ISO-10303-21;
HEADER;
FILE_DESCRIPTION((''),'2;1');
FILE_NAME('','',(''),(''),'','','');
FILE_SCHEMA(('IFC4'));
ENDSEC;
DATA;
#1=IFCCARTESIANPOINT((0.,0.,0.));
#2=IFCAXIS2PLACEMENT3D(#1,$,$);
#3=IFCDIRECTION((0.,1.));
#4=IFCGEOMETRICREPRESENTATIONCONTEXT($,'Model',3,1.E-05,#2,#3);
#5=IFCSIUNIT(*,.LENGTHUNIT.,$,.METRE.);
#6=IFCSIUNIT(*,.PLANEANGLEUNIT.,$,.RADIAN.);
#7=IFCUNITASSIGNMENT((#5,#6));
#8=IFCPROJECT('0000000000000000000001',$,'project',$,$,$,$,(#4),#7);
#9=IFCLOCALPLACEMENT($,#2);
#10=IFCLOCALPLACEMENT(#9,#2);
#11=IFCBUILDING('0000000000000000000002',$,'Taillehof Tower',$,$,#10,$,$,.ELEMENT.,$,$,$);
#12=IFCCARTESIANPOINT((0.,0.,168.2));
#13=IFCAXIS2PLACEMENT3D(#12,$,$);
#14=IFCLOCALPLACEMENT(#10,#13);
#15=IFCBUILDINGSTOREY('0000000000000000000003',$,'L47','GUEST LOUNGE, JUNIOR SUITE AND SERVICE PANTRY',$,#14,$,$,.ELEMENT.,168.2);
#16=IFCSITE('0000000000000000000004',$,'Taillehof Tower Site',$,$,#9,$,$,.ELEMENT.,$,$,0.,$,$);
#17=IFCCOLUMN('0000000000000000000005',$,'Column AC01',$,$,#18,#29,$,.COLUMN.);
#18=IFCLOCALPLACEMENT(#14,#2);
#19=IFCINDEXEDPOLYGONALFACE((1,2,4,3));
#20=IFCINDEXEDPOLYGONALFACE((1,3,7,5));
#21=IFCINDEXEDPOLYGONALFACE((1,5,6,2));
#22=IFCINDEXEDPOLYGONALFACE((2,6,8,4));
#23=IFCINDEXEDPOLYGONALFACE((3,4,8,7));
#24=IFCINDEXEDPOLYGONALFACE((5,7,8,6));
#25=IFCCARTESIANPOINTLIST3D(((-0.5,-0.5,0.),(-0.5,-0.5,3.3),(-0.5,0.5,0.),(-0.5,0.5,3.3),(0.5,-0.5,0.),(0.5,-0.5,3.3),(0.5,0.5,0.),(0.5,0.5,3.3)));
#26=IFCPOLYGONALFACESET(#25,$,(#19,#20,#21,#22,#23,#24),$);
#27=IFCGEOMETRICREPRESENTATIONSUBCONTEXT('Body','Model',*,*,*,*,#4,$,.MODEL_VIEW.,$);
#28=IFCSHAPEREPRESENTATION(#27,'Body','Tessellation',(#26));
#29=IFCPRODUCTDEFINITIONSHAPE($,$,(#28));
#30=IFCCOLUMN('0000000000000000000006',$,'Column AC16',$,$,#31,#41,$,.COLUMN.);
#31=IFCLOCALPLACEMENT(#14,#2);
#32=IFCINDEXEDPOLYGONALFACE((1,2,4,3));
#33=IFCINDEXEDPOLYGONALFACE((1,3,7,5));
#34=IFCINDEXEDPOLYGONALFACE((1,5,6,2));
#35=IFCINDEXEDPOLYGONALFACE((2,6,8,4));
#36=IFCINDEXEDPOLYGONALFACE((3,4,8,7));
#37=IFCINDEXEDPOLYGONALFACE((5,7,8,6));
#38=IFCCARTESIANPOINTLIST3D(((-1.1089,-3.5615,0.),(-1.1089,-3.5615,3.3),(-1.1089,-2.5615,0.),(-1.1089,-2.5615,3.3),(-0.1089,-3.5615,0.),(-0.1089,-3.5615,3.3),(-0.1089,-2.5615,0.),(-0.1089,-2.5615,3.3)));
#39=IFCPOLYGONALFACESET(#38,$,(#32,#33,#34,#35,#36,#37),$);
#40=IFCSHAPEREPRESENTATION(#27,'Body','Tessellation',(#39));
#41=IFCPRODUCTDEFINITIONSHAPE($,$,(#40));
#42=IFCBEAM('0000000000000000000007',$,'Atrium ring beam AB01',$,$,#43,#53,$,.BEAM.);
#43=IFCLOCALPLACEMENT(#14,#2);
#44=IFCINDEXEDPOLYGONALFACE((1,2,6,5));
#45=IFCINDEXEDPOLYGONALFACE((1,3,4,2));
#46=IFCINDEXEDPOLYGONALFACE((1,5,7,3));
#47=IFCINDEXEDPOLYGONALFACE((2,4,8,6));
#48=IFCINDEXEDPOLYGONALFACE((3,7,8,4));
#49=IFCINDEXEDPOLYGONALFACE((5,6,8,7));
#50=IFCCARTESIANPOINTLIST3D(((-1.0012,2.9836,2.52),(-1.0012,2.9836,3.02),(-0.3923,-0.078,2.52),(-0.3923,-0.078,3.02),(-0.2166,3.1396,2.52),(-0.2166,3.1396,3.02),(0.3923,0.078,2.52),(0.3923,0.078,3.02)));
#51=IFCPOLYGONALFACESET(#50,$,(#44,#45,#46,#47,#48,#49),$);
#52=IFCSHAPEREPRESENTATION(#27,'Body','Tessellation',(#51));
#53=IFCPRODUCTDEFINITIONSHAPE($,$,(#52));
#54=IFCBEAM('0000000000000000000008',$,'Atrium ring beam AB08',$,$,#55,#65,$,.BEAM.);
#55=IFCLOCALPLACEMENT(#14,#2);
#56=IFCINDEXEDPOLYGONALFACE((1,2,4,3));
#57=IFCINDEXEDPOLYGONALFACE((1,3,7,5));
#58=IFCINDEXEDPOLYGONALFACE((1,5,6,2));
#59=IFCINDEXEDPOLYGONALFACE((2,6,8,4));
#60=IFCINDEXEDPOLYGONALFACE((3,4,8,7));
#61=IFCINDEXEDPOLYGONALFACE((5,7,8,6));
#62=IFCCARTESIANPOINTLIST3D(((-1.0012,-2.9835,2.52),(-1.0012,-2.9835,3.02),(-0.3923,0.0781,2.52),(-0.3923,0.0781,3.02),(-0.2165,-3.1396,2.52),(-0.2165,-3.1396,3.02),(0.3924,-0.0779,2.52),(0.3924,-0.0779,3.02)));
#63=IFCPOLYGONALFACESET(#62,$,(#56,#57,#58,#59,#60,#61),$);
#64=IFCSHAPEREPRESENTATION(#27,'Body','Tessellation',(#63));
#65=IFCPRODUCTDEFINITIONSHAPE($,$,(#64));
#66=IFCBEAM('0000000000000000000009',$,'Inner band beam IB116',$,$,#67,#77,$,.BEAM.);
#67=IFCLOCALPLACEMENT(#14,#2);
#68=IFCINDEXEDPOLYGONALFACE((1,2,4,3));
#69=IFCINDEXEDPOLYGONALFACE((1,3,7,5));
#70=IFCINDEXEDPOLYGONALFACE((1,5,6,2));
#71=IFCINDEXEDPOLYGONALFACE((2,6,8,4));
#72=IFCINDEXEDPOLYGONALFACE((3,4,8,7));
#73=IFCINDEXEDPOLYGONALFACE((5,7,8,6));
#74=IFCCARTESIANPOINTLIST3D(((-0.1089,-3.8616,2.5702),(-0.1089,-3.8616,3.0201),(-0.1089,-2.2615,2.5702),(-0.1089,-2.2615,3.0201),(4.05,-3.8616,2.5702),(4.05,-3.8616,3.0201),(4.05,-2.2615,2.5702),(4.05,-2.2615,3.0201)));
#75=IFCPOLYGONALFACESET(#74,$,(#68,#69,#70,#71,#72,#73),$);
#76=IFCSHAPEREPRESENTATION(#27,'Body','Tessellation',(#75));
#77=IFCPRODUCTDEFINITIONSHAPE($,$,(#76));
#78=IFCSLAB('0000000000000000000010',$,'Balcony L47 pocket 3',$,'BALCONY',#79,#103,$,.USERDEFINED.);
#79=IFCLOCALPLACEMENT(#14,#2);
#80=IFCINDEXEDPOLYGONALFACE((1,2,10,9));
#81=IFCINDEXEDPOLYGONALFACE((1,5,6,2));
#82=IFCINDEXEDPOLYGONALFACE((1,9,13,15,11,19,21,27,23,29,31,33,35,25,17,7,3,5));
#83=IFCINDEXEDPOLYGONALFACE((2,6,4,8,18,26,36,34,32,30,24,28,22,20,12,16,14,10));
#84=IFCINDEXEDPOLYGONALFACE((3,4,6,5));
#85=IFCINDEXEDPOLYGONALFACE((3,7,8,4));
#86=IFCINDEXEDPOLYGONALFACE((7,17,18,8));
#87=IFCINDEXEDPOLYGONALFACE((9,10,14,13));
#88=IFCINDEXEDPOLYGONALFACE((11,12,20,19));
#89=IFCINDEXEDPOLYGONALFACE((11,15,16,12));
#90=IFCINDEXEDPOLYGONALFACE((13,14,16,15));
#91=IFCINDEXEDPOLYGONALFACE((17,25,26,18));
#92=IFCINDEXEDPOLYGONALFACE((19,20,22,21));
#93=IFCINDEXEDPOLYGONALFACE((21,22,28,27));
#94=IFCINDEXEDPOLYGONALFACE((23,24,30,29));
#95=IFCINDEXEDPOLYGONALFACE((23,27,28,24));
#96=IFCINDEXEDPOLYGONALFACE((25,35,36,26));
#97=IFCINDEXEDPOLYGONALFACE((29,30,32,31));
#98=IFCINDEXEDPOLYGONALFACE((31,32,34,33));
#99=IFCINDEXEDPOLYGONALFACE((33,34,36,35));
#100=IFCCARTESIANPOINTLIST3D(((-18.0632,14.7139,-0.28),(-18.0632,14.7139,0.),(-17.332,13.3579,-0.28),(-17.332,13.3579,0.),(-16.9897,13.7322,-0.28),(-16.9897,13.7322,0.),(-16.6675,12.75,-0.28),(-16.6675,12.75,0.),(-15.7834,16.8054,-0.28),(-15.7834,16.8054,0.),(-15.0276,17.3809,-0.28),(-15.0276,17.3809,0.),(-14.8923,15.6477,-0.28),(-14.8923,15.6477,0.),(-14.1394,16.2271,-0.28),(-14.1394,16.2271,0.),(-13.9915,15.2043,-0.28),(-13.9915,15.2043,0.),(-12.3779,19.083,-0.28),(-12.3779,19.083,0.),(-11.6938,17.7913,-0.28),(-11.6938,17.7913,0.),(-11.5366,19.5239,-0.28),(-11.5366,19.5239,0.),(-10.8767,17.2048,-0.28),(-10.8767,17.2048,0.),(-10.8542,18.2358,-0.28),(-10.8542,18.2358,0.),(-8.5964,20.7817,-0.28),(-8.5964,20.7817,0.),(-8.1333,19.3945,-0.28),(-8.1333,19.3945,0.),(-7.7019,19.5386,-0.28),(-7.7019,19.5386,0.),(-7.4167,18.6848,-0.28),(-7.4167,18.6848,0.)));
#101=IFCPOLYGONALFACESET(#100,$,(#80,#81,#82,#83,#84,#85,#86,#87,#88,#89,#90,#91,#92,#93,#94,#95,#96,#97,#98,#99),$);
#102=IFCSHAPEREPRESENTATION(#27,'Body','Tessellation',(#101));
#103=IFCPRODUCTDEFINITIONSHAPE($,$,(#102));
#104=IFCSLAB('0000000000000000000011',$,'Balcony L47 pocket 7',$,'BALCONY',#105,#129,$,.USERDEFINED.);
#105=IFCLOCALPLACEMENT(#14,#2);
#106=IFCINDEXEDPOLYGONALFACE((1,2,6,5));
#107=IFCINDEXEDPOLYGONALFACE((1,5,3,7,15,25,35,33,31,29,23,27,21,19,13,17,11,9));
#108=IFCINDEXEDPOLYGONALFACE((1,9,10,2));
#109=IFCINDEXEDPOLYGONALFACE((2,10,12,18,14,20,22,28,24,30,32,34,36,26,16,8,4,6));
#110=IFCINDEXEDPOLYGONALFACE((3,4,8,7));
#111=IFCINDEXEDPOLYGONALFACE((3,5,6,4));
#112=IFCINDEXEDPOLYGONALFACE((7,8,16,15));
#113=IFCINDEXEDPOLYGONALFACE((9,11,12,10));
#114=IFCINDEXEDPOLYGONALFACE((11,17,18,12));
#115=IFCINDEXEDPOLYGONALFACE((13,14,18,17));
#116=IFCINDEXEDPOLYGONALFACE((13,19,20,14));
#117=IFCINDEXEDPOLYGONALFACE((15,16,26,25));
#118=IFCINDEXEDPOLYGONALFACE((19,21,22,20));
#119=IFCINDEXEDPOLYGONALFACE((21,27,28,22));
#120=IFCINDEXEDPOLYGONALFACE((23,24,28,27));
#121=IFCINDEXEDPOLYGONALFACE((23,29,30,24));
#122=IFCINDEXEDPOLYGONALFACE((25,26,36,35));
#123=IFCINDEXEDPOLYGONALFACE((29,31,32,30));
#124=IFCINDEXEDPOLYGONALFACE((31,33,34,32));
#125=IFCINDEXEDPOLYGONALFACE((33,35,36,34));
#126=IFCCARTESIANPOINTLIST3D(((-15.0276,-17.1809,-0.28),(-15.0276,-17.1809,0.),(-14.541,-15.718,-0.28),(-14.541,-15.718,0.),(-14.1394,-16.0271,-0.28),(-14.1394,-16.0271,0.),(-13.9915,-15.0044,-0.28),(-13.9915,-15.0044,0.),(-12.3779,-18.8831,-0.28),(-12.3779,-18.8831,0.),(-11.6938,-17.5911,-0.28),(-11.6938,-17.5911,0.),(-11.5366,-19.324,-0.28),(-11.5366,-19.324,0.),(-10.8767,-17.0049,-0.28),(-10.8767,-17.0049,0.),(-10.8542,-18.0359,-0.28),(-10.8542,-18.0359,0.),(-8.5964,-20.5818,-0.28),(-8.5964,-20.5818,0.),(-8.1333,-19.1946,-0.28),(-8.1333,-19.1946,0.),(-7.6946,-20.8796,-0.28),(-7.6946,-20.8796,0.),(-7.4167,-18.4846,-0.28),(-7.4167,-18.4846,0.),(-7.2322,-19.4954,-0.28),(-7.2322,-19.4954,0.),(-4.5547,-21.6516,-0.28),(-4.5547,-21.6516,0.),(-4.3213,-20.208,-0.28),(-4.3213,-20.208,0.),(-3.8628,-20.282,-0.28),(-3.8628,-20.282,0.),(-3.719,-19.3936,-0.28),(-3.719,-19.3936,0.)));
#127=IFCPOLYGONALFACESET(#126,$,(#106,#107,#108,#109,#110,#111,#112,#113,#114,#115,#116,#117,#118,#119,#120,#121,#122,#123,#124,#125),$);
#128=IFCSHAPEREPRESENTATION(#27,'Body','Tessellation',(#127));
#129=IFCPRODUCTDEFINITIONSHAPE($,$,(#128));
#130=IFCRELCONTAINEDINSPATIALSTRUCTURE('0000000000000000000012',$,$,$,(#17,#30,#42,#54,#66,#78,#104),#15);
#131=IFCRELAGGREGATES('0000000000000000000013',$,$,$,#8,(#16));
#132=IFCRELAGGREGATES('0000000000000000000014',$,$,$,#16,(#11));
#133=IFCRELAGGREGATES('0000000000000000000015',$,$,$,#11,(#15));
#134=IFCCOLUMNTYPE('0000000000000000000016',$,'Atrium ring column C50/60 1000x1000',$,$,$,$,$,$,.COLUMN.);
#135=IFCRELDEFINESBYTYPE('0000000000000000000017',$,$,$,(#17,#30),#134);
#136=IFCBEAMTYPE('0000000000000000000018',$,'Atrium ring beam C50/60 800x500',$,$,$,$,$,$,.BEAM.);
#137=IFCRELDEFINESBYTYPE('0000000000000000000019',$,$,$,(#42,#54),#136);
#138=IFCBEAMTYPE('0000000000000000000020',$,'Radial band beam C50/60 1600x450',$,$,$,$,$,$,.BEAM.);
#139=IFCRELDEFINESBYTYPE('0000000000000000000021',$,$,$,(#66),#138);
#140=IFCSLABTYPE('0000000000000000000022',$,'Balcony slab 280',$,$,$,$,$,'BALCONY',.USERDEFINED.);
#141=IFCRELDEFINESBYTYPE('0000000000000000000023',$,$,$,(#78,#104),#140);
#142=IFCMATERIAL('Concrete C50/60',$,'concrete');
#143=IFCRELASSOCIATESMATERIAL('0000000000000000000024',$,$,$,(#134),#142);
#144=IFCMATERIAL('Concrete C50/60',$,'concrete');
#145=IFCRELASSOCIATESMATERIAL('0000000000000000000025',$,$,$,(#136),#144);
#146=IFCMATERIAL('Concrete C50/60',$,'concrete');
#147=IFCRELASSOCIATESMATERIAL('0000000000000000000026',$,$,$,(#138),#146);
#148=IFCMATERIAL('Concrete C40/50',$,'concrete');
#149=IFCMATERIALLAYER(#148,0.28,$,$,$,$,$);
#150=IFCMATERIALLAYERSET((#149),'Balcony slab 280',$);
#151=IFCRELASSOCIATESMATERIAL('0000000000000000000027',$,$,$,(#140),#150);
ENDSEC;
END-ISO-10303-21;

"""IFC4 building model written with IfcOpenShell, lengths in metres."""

from ifc_helpers import new_model, si_unit, direction, frame, origin, origin_2d, place, context, subcontext, project, spatial, polyline, rectangle, outline, extrude, material, layer, layer_set, material_profile, profile_set, type_object, element, save


model = new_model("IFC4")

# Units and contexts
model_context = context("Model", 3, precision=1e-05, world=origin(), true_north=direction((0.0, 1.0)))
body_context = subcontext(model_context, "Body", "Model", "MODEL_VIEW")
ifc_project = project(units=[si_unit("LENGTHUNIT", "METRE"), si_unit("PLANEANGLEUNIT", "RADIAN")], contexts=[model_context])

# Site, building, storey
site_placement = place(None, origin())
site = spatial("IfcSite", under=ifc_project, at=site_placement, Name="Taillehof Tower Site", CompositionType="ELEMENT", RefElevation=0.0)
building_placement = place(site_placement, origin())
building = spatial("IfcBuilding", under=site, at=building_placement, Name="Taillehof Tower", CompositionType="ELEMENT")
storey_placement = place(building_placement, frame((0.0, 0.0, 168.2)))
storey = spatial("IfcBuildingStorey", under=building, at=storey_placement, Name="L47", Description="GUEST LOUNGE, JUNIOR SUITE AND SERVICE PANTRY", CompositionType="ELEMENT", Elevation=168.2)

# Columns
ifc_material_1 = material(Name="Concrete C50/60", Category="concrete")
ifc_material_profile_1 = material_profile(ifc_material_1, rectangle(XDim=1.0, YDim=1.0, at=origin_2d()), Name="RC 1000x1000")
ifc_profile_set_1 = profile_set([ifc_material_profile_1], Name="Concrete C50/60")
column_type = type_object("IfcColumnType", Name="Atrium ring column C50/60 1000x1000", PredefinedType="COLUMN", material=ifc_profile_set_1)
for number, where, z_axis, x_axis, name in (
    (1, (0.0, 0.0, 0.0), (0.0, 0.0, 1.0), (1.0, 0.0, 0.0), "Column AC01"),
    (2, (-0.6089, -3.0615, 0.0), (0.0, 0.0, 1.0), (1.0, 0.0, 0.0), "Column AC16"),
):
    element("IfcColumn", number, at=place(storey_placement, frame(where, z_axis=z_axis, x_axis=x_axis)), inside=storey, type_object=column_type, Name=name, PredefinedType="COLUMN", context=body_context, shape_type="SweptSolid", body=[
        extrude(rectangle(XDim=1.0, YDim=1.0, at=origin_2d()), origin(), (0.0, 0.0, 1.0), 3.3),
    ])

# Beams
ifc_material_2 = material(Name="Concrete C50/60", Category="concrete")
ifc_material_profile_2 = material_profile(ifc_material_2, rectangle(XDim=0.8, YDim=0.5, at=origin_2d()), Name="RC 800x500")
ifc_profile_set_2 = profile_set([ifc_material_profile_2], Name="Concrete C50/60")
beam_type_1 = type_object("IfcBeamType", Name="Atrium ring beam C50/60 800x500", PredefinedType="BEAM", material=ifc_profile_set_2)
for number, where, z_axis, x_axis, name in (
    (3, (0.0, 0.0, 2.77), (-0.195063, 0.980791, 0.0), (-0.980791, -0.195063, 0.0), "Atrium ring beam AB01"),
    (4, (-0.6089, -3.0615, 2.77), (0.195063, 0.980791, 0.0), (-0.980791, 0.195063, 0.0), "Atrium ring beam AB08"),
):
    element("IfcBeam", number, at=place(storey_placement, frame(where, z_axis=z_axis, x_axis=x_axis)), inside=storey, type_object=beam_type_1, Name=name, PredefinedType="BEAM", context=body_context, shape_type="SweptSolid", body=[
        extrude(rectangle(XDim=0.8, YDim=0.5, at=origin_2d()), origin(), (0.0, 0.0, 1.0), 3.1216),
    ])
ifc_material_3 = material(Name="Concrete C50/60", Category="concrete")
ifc_material_profile_3 = material_profile(ifc_material_3, rectangle(XDim=1.6001, YDim=0.45, at=origin_2d()), Name="RC 1600x450")
ifc_profile_set_3 = profile_set([ifc_material_profile_3], Name="Concrete C50/60")
beam_type_2 = type_object("IfcBeamType", Name="Radial band beam C50/60 1600x450", PredefinedType="BEAM", material=ifc_profile_set_3)
beam_placement = place(storey_placement, frame((-0.1089, -3.0615, 2.7952), z_axis=(1.0, 0.0, 0.0), x_axis=(0.0, 1.0, 0.0)))
element("IfcBeam", 5, at=beam_placement, inside=storey, type_object=beam_type_2, Name="Inner band beam IB116", PredefinedType="BEAM", context=body_context, shape_type="SweptSolid", body=[
    extrude(rectangle(XDim=1.6001, YDim=0.45, at=origin_2d()), origin(), (0.0, 0.0, 1.0), 4.1589),
])

# Slabs
ifc_material_4 = material(Name="Concrete C40/50", Category="concrete")
ifc_layer_1 = layer(ifc_material_4, 0.28)
ifc_layer_set_1 = layer_set([ifc_layer_1], Name="Balcony slab 280")
slab_type_1 = type_object("IfcSlabType", Name="Balcony slab 280", ElementType="BALCONY", PredefinedType="USERDEFINED", material=ifc_layer_set_1)
slab_1_placement = place(storey_placement, frame((0.0, 0.0, -0.28)))
element("IfcSlab", 6, at=slab_1_placement, inside=storey, type_object=slab_type_1, Name="Balcony L47 pocket 3", ObjectType="BALCONY", PredefinedType="USERDEFINED", context=body_context, shape_type="SweptSolid", body=[
    extrude(outline(polyline([(-16.6675, 12.75), (-17.332, 13.3579), (-16.9897, 13.7322), (-18.0632, 14.7139), (-15.7834, 16.8054), (-14.8923, 15.6477), (-14.1394, 16.2271), (-15.0276, 17.3809), (-12.3779, 19.083), (-11.6938, 17.7913), (-10.8542, 18.2358), (-11.5366, 19.5239), (-8.5964, 20.7817), (-8.1333, 19.3945), (-7.7019, 19.5386), (-7.4167, 18.6848), (-10.8767, 17.2048), (-13.9915, 15.2043), (-16.6675, 12.75)])), origin(), (0.0, 0.0, 1.0), 0.28),
])
slab_2_placement = place(storey_placement, frame((0.0, 0.0, -0.28)))
element("IfcSlab", 7, at=slab_2_placement, inside=storey, type_object=slab_type_1, Name="Balcony L47 pocket 7", ObjectType="BALCONY", PredefinedType="USERDEFINED", context=body_context, shape_type="SweptSolid", body=[
    extrude(outline(polyline([(-3.719, -19.3936), (-3.8628, -20.282), (-4.3213, -20.208), (-4.5547, -21.6516), (-7.6946, -20.8796), (-7.2322, -19.4954), (-8.1333, -19.1946), (-8.5964, -20.5818), (-11.5366, -19.324), (-10.8542, -18.0359), (-11.6938, -17.5911), (-12.3779, -18.8831), (-15.0276, -17.1809), (-14.1394, -16.0271), (-14.541, -15.718), (-13.9915, -15.0044), (-10.8767, -17.0049), (-7.4167, -18.4846), (-3.719, -19.3936)])), origin(), (0.0, 0.0, 1.0), 0.28),
])

save(model, "model.ifc")
